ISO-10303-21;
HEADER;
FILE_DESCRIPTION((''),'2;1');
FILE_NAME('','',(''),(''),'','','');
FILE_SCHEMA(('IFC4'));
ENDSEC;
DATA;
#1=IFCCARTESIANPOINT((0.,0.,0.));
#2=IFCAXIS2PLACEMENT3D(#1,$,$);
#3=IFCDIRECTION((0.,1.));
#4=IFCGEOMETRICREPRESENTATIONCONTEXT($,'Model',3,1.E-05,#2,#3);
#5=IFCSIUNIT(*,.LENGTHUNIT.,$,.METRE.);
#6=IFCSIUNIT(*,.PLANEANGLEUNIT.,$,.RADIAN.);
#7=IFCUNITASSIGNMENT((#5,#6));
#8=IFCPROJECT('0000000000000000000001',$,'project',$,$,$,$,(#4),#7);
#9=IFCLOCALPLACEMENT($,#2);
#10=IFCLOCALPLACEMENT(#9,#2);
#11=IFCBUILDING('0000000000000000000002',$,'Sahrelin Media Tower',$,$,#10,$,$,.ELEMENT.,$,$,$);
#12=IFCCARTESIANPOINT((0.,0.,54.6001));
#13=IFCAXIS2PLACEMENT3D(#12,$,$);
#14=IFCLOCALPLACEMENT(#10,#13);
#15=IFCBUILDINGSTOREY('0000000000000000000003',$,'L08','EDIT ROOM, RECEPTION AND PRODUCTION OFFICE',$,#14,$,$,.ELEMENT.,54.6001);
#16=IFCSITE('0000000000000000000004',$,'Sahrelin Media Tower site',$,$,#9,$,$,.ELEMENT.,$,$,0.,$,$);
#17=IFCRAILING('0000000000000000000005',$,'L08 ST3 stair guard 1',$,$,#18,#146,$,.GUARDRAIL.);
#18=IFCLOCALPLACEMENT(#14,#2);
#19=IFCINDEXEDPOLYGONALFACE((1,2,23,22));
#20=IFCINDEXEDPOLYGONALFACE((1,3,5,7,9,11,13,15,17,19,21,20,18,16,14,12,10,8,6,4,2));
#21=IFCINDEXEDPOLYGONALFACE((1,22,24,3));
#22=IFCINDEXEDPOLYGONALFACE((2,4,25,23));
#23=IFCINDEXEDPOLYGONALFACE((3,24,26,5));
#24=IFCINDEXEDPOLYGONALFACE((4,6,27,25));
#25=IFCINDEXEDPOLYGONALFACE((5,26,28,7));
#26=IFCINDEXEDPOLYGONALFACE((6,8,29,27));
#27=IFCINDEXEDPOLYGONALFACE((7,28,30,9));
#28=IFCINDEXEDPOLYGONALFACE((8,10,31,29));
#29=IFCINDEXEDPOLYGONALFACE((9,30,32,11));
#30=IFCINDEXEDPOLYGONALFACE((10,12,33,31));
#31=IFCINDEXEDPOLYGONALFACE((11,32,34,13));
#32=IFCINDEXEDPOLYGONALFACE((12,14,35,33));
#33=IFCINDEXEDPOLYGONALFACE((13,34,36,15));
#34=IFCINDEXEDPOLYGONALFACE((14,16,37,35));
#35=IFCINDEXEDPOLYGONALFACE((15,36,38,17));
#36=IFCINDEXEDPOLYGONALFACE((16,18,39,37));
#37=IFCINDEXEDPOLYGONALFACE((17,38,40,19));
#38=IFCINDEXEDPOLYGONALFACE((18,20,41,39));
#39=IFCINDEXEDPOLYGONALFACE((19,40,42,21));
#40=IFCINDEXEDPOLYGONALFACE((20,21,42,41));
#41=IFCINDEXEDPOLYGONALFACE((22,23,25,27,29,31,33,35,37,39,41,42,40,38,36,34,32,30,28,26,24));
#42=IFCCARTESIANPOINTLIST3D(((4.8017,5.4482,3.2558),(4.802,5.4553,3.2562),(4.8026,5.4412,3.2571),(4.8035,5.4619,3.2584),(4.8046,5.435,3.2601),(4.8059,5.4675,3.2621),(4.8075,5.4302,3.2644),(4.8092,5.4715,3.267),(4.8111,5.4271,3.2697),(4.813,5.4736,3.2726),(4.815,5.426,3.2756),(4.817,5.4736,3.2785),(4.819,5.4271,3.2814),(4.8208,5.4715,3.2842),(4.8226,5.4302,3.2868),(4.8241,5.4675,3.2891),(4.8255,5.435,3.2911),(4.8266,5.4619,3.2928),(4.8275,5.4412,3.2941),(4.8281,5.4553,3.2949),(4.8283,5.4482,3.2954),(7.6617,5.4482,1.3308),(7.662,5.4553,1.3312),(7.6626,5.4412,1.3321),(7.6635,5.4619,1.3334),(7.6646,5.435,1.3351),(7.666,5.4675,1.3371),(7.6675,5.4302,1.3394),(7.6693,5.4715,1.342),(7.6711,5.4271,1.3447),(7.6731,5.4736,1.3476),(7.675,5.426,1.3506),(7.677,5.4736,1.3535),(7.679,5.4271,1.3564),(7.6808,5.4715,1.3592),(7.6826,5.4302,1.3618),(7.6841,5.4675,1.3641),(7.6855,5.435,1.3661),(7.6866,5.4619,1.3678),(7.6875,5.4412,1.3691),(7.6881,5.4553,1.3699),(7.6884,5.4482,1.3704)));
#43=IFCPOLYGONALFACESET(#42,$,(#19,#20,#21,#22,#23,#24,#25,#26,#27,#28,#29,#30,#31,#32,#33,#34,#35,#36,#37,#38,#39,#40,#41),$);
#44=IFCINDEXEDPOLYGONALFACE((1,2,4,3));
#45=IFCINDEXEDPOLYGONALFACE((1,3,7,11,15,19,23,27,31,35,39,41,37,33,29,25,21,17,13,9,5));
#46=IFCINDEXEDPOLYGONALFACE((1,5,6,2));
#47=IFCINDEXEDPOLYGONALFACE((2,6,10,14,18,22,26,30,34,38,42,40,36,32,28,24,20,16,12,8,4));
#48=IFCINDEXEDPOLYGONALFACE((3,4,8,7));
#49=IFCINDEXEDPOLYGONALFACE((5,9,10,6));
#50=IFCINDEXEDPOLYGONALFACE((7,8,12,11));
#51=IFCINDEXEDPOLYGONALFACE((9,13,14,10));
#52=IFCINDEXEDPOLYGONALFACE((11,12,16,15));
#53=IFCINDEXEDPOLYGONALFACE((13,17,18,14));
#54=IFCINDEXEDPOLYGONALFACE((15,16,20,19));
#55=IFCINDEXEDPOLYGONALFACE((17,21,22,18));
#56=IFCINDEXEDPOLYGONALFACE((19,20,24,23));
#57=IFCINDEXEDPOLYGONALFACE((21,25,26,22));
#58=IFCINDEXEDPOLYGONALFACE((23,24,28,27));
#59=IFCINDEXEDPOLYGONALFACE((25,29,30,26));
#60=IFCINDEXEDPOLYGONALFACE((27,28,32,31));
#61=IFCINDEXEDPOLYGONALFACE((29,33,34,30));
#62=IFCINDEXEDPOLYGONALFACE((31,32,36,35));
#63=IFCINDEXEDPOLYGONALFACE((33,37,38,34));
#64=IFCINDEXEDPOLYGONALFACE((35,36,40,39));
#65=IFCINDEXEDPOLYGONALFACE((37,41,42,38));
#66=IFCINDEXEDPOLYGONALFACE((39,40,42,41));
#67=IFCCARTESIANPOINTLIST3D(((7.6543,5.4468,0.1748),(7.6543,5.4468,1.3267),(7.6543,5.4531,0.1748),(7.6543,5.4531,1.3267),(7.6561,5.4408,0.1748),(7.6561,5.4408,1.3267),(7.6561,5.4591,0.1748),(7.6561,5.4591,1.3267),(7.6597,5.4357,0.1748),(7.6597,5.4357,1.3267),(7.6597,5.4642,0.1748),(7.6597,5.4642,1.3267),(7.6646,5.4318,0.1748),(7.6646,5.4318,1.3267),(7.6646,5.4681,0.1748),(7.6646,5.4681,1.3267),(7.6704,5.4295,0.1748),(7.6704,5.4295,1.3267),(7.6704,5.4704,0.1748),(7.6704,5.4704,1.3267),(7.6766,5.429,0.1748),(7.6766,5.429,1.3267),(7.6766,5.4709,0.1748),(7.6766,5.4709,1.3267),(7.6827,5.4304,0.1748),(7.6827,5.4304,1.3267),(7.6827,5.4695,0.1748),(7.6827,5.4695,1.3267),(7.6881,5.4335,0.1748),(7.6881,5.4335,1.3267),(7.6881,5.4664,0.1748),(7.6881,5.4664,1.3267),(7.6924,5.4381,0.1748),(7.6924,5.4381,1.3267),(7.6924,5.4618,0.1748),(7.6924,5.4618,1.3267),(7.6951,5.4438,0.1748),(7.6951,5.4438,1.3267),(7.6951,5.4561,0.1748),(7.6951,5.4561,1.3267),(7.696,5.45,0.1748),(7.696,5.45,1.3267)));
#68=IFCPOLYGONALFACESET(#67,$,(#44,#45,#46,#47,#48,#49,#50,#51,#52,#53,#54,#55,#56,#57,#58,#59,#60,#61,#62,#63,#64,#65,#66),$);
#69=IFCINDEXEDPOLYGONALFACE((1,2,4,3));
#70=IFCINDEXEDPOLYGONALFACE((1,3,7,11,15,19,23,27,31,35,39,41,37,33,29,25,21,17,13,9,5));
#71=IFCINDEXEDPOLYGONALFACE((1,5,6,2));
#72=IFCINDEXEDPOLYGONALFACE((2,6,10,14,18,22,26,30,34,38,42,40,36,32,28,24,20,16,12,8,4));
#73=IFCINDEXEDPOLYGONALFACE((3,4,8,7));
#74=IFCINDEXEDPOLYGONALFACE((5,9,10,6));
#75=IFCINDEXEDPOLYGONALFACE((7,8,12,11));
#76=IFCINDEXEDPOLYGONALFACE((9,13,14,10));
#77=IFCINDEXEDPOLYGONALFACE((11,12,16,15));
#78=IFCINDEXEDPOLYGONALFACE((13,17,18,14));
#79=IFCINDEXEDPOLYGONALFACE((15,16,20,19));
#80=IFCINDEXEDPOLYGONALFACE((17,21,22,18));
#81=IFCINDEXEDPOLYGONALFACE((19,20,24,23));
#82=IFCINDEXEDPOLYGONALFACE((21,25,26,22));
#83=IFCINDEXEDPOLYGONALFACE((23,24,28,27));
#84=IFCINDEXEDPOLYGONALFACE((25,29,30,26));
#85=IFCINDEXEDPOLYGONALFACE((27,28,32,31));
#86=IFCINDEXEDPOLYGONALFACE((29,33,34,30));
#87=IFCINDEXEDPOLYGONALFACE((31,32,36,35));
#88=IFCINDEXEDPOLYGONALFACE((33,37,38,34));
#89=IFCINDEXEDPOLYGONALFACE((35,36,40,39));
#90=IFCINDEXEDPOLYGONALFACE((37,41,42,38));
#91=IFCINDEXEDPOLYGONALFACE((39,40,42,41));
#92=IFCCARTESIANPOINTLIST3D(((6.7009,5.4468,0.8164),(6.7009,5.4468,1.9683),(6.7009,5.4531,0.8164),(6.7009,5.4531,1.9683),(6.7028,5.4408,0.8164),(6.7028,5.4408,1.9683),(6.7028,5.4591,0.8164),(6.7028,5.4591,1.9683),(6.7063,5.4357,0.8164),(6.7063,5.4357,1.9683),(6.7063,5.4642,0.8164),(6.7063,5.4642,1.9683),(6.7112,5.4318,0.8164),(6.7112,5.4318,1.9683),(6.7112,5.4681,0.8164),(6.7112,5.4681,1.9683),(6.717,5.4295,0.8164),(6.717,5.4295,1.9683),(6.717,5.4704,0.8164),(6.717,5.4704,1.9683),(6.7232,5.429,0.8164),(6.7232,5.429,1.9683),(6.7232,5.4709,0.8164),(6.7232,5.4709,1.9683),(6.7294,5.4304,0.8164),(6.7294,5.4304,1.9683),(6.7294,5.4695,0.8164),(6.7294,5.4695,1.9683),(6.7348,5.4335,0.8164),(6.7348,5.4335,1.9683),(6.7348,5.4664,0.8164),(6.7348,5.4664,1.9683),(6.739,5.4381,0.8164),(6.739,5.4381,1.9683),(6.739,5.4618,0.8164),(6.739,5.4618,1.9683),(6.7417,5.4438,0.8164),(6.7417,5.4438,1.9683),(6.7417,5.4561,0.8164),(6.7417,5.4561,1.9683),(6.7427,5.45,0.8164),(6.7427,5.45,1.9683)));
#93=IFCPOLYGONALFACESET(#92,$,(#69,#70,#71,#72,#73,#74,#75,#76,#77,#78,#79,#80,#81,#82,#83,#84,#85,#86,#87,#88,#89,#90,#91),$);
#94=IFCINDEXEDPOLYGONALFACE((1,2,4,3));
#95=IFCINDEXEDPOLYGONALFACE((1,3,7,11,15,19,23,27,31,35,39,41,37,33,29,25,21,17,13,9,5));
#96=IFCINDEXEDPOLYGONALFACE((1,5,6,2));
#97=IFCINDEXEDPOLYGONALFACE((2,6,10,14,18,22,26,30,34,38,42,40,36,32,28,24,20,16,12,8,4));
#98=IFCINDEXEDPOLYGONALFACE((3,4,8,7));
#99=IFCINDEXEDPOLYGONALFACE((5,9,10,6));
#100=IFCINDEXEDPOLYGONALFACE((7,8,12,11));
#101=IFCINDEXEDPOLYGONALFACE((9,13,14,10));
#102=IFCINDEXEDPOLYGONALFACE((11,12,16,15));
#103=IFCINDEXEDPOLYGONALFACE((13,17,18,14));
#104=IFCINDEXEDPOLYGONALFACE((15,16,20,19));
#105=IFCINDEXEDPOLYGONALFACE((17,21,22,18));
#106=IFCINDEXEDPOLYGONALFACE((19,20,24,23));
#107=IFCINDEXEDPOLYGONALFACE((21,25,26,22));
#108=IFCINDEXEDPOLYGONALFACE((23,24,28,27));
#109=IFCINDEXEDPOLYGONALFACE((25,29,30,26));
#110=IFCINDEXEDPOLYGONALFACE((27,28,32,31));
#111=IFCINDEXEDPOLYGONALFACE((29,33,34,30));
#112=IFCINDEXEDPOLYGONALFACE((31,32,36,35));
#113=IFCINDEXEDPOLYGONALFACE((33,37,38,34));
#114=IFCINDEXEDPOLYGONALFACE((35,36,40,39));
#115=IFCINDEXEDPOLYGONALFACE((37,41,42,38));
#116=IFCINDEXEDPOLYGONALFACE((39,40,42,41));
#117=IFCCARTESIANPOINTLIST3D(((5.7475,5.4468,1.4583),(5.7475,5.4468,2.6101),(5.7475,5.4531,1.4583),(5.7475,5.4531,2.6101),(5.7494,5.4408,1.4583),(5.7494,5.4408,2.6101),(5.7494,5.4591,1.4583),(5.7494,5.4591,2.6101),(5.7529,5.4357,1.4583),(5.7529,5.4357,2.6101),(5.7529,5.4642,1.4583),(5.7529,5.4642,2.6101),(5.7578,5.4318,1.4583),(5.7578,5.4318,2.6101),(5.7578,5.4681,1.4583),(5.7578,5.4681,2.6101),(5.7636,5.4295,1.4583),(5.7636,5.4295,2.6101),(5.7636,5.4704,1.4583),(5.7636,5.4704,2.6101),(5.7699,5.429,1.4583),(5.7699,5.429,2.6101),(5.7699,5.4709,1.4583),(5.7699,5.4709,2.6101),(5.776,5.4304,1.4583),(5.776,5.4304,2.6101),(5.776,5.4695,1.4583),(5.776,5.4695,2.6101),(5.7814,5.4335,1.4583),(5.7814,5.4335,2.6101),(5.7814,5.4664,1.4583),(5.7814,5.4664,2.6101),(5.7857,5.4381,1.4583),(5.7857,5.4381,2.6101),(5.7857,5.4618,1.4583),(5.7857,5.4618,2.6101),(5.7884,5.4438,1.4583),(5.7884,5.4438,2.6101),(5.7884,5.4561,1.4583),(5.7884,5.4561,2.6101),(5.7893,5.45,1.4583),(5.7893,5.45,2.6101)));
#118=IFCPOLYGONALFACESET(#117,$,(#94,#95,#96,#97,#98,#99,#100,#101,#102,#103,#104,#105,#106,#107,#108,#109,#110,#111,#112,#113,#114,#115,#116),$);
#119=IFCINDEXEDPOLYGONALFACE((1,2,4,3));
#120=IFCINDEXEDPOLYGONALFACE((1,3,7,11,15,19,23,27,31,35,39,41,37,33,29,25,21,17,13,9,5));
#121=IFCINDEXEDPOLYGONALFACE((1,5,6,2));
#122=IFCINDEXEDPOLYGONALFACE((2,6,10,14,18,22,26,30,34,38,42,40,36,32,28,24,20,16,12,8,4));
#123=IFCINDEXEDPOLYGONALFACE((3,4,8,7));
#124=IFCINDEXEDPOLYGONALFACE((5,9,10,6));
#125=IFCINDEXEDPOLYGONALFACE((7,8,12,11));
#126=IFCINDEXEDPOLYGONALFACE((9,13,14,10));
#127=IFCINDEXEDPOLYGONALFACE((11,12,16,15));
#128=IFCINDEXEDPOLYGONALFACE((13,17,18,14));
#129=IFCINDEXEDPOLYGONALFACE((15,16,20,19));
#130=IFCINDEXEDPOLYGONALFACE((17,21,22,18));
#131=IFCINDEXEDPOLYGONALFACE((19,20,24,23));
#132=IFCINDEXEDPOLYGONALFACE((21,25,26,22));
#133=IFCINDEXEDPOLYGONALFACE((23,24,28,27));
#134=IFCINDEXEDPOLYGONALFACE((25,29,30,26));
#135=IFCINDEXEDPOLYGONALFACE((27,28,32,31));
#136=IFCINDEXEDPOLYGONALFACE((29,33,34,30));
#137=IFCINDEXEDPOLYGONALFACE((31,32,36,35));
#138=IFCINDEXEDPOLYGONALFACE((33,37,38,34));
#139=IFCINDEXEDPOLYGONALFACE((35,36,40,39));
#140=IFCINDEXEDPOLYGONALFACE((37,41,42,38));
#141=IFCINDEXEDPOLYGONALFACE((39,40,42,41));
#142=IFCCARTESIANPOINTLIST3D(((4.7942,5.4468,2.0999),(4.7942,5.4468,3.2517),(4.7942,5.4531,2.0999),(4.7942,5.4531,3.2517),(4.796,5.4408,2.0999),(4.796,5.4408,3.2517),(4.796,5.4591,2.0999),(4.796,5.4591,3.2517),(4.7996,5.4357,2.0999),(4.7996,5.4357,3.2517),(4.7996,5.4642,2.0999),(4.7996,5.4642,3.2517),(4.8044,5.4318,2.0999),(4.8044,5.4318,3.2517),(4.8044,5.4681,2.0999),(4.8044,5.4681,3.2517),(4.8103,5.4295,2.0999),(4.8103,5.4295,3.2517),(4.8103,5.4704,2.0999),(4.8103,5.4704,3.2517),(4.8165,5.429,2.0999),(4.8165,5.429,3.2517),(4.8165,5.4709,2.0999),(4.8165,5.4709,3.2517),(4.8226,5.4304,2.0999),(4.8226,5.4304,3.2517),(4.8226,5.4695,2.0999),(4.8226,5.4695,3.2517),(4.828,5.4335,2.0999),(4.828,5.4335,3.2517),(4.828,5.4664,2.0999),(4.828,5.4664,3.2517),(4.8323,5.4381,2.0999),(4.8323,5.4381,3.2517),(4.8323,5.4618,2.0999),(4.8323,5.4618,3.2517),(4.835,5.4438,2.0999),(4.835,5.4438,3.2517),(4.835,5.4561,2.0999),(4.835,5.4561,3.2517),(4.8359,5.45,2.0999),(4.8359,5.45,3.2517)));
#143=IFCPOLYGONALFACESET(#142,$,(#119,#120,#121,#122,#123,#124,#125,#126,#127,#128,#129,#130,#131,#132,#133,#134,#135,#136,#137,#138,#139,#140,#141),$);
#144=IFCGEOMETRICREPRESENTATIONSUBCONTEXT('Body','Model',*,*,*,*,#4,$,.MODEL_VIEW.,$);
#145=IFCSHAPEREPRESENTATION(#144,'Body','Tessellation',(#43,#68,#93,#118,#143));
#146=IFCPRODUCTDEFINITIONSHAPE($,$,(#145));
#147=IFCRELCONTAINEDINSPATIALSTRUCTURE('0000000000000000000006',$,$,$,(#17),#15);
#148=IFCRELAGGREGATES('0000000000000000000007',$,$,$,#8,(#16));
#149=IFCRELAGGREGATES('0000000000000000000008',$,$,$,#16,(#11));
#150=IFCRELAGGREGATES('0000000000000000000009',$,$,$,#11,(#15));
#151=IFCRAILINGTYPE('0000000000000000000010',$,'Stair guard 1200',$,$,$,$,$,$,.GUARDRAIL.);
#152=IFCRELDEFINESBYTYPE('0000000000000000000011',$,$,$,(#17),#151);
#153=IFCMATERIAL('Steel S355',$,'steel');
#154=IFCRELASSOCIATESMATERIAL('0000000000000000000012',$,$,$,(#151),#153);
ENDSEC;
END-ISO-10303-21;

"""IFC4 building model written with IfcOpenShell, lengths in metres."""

from ifc_helpers import new_model, si_unit, direction, frame, origin, origin_2d, place, context, subcontext, project, spatial, circle, extrude, material, type_object, element, save


model = new_model("IFC4")

# Units and contexts
model_context = context("Model", 3, precision=1e-05, world=origin(), true_north=direction((0.0, 1.0)))
body_context = subcontext(model_context, "Body", "Model", "MODEL_VIEW")
ifc_project = project(units=[si_unit("LENGTHUNIT", "METRE"), si_unit("PLANEANGLEUNIT", "RADIAN")], contexts=[model_context])

# Site, building, storey
site_placement = place(None, origin())
site = spatial("IfcSite", under=ifc_project, at=site_placement, Name="Sahrelin Media Tower site", CompositionType="ELEMENT", RefElevation=0.0)
building_placement = place(site_placement, origin())
building = spatial("IfcBuilding", under=site, at=building_placement, Name="Sahrelin Media Tower", CompositionType="ELEMENT")
storey_placement = place(building_placement, frame((0.0, 0.0, 54.6001)))
storey = spatial("IfcBuildingStorey", under=building, at=storey_placement, Name="L08", Description="EDIT ROOM, RECEPTION AND PRODUCTION OFFICE", CompositionType="ELEMENT", Elevation=54.6001)

# Shared definitions
ifc_material_1 = material(Name="Steel S355", Category="steel")

# Railing
railing_type_1 = type_object("IfcRailingType", Name="Stair guard 1200", PredefinedType="GUARDRAIL", material=ifc_material_1)
railing_1_placement = place(storey_placement, frame((7.675, 5.45, 0.1748)))
element("IfcRailing", 1, at=railing_1_placement, inside=storey, type_object=railing_type_1, Name="L08 ST3 stair guard 1", PredefinedType="GUARDRAIL", context=body_context, shape_type="SweptSolid", body=[
    extrude(circle(Radius=0.0239, at=origin_2d()), frame((0.0, 0.0, 1.1758), z_axis=(-0.829591, 0.0, 0.558372), x_axis=(0.0, -1.0, 0.0)), (0.0, 0.0, 1.0), 3.4475),
    extrude(circle(Radius=0.021, at=origin_2d()), origin(), (0.0, 0.0, 1.0), 1.1519),
    extrude(circle(Radius=0.021, at=origin_2d()), frame((-0.9534, 0.0, 0.6416)), (0.0, 0.0, 1.0), 1.1519),
    extrude(circle(Radius=0.021, at=origin_2d()), frame((-1.9067, 0.0, 1.2834)), (0.0, 0.0, 1.0), 1.1519),
    extrude(circle(Radius=0.021, at=origin_2d()), frame((-2.8601, 0.0, 1.925)), (0.0, 0.0, 1.0), 1.1519),
])

save(model, "model.ifc")
